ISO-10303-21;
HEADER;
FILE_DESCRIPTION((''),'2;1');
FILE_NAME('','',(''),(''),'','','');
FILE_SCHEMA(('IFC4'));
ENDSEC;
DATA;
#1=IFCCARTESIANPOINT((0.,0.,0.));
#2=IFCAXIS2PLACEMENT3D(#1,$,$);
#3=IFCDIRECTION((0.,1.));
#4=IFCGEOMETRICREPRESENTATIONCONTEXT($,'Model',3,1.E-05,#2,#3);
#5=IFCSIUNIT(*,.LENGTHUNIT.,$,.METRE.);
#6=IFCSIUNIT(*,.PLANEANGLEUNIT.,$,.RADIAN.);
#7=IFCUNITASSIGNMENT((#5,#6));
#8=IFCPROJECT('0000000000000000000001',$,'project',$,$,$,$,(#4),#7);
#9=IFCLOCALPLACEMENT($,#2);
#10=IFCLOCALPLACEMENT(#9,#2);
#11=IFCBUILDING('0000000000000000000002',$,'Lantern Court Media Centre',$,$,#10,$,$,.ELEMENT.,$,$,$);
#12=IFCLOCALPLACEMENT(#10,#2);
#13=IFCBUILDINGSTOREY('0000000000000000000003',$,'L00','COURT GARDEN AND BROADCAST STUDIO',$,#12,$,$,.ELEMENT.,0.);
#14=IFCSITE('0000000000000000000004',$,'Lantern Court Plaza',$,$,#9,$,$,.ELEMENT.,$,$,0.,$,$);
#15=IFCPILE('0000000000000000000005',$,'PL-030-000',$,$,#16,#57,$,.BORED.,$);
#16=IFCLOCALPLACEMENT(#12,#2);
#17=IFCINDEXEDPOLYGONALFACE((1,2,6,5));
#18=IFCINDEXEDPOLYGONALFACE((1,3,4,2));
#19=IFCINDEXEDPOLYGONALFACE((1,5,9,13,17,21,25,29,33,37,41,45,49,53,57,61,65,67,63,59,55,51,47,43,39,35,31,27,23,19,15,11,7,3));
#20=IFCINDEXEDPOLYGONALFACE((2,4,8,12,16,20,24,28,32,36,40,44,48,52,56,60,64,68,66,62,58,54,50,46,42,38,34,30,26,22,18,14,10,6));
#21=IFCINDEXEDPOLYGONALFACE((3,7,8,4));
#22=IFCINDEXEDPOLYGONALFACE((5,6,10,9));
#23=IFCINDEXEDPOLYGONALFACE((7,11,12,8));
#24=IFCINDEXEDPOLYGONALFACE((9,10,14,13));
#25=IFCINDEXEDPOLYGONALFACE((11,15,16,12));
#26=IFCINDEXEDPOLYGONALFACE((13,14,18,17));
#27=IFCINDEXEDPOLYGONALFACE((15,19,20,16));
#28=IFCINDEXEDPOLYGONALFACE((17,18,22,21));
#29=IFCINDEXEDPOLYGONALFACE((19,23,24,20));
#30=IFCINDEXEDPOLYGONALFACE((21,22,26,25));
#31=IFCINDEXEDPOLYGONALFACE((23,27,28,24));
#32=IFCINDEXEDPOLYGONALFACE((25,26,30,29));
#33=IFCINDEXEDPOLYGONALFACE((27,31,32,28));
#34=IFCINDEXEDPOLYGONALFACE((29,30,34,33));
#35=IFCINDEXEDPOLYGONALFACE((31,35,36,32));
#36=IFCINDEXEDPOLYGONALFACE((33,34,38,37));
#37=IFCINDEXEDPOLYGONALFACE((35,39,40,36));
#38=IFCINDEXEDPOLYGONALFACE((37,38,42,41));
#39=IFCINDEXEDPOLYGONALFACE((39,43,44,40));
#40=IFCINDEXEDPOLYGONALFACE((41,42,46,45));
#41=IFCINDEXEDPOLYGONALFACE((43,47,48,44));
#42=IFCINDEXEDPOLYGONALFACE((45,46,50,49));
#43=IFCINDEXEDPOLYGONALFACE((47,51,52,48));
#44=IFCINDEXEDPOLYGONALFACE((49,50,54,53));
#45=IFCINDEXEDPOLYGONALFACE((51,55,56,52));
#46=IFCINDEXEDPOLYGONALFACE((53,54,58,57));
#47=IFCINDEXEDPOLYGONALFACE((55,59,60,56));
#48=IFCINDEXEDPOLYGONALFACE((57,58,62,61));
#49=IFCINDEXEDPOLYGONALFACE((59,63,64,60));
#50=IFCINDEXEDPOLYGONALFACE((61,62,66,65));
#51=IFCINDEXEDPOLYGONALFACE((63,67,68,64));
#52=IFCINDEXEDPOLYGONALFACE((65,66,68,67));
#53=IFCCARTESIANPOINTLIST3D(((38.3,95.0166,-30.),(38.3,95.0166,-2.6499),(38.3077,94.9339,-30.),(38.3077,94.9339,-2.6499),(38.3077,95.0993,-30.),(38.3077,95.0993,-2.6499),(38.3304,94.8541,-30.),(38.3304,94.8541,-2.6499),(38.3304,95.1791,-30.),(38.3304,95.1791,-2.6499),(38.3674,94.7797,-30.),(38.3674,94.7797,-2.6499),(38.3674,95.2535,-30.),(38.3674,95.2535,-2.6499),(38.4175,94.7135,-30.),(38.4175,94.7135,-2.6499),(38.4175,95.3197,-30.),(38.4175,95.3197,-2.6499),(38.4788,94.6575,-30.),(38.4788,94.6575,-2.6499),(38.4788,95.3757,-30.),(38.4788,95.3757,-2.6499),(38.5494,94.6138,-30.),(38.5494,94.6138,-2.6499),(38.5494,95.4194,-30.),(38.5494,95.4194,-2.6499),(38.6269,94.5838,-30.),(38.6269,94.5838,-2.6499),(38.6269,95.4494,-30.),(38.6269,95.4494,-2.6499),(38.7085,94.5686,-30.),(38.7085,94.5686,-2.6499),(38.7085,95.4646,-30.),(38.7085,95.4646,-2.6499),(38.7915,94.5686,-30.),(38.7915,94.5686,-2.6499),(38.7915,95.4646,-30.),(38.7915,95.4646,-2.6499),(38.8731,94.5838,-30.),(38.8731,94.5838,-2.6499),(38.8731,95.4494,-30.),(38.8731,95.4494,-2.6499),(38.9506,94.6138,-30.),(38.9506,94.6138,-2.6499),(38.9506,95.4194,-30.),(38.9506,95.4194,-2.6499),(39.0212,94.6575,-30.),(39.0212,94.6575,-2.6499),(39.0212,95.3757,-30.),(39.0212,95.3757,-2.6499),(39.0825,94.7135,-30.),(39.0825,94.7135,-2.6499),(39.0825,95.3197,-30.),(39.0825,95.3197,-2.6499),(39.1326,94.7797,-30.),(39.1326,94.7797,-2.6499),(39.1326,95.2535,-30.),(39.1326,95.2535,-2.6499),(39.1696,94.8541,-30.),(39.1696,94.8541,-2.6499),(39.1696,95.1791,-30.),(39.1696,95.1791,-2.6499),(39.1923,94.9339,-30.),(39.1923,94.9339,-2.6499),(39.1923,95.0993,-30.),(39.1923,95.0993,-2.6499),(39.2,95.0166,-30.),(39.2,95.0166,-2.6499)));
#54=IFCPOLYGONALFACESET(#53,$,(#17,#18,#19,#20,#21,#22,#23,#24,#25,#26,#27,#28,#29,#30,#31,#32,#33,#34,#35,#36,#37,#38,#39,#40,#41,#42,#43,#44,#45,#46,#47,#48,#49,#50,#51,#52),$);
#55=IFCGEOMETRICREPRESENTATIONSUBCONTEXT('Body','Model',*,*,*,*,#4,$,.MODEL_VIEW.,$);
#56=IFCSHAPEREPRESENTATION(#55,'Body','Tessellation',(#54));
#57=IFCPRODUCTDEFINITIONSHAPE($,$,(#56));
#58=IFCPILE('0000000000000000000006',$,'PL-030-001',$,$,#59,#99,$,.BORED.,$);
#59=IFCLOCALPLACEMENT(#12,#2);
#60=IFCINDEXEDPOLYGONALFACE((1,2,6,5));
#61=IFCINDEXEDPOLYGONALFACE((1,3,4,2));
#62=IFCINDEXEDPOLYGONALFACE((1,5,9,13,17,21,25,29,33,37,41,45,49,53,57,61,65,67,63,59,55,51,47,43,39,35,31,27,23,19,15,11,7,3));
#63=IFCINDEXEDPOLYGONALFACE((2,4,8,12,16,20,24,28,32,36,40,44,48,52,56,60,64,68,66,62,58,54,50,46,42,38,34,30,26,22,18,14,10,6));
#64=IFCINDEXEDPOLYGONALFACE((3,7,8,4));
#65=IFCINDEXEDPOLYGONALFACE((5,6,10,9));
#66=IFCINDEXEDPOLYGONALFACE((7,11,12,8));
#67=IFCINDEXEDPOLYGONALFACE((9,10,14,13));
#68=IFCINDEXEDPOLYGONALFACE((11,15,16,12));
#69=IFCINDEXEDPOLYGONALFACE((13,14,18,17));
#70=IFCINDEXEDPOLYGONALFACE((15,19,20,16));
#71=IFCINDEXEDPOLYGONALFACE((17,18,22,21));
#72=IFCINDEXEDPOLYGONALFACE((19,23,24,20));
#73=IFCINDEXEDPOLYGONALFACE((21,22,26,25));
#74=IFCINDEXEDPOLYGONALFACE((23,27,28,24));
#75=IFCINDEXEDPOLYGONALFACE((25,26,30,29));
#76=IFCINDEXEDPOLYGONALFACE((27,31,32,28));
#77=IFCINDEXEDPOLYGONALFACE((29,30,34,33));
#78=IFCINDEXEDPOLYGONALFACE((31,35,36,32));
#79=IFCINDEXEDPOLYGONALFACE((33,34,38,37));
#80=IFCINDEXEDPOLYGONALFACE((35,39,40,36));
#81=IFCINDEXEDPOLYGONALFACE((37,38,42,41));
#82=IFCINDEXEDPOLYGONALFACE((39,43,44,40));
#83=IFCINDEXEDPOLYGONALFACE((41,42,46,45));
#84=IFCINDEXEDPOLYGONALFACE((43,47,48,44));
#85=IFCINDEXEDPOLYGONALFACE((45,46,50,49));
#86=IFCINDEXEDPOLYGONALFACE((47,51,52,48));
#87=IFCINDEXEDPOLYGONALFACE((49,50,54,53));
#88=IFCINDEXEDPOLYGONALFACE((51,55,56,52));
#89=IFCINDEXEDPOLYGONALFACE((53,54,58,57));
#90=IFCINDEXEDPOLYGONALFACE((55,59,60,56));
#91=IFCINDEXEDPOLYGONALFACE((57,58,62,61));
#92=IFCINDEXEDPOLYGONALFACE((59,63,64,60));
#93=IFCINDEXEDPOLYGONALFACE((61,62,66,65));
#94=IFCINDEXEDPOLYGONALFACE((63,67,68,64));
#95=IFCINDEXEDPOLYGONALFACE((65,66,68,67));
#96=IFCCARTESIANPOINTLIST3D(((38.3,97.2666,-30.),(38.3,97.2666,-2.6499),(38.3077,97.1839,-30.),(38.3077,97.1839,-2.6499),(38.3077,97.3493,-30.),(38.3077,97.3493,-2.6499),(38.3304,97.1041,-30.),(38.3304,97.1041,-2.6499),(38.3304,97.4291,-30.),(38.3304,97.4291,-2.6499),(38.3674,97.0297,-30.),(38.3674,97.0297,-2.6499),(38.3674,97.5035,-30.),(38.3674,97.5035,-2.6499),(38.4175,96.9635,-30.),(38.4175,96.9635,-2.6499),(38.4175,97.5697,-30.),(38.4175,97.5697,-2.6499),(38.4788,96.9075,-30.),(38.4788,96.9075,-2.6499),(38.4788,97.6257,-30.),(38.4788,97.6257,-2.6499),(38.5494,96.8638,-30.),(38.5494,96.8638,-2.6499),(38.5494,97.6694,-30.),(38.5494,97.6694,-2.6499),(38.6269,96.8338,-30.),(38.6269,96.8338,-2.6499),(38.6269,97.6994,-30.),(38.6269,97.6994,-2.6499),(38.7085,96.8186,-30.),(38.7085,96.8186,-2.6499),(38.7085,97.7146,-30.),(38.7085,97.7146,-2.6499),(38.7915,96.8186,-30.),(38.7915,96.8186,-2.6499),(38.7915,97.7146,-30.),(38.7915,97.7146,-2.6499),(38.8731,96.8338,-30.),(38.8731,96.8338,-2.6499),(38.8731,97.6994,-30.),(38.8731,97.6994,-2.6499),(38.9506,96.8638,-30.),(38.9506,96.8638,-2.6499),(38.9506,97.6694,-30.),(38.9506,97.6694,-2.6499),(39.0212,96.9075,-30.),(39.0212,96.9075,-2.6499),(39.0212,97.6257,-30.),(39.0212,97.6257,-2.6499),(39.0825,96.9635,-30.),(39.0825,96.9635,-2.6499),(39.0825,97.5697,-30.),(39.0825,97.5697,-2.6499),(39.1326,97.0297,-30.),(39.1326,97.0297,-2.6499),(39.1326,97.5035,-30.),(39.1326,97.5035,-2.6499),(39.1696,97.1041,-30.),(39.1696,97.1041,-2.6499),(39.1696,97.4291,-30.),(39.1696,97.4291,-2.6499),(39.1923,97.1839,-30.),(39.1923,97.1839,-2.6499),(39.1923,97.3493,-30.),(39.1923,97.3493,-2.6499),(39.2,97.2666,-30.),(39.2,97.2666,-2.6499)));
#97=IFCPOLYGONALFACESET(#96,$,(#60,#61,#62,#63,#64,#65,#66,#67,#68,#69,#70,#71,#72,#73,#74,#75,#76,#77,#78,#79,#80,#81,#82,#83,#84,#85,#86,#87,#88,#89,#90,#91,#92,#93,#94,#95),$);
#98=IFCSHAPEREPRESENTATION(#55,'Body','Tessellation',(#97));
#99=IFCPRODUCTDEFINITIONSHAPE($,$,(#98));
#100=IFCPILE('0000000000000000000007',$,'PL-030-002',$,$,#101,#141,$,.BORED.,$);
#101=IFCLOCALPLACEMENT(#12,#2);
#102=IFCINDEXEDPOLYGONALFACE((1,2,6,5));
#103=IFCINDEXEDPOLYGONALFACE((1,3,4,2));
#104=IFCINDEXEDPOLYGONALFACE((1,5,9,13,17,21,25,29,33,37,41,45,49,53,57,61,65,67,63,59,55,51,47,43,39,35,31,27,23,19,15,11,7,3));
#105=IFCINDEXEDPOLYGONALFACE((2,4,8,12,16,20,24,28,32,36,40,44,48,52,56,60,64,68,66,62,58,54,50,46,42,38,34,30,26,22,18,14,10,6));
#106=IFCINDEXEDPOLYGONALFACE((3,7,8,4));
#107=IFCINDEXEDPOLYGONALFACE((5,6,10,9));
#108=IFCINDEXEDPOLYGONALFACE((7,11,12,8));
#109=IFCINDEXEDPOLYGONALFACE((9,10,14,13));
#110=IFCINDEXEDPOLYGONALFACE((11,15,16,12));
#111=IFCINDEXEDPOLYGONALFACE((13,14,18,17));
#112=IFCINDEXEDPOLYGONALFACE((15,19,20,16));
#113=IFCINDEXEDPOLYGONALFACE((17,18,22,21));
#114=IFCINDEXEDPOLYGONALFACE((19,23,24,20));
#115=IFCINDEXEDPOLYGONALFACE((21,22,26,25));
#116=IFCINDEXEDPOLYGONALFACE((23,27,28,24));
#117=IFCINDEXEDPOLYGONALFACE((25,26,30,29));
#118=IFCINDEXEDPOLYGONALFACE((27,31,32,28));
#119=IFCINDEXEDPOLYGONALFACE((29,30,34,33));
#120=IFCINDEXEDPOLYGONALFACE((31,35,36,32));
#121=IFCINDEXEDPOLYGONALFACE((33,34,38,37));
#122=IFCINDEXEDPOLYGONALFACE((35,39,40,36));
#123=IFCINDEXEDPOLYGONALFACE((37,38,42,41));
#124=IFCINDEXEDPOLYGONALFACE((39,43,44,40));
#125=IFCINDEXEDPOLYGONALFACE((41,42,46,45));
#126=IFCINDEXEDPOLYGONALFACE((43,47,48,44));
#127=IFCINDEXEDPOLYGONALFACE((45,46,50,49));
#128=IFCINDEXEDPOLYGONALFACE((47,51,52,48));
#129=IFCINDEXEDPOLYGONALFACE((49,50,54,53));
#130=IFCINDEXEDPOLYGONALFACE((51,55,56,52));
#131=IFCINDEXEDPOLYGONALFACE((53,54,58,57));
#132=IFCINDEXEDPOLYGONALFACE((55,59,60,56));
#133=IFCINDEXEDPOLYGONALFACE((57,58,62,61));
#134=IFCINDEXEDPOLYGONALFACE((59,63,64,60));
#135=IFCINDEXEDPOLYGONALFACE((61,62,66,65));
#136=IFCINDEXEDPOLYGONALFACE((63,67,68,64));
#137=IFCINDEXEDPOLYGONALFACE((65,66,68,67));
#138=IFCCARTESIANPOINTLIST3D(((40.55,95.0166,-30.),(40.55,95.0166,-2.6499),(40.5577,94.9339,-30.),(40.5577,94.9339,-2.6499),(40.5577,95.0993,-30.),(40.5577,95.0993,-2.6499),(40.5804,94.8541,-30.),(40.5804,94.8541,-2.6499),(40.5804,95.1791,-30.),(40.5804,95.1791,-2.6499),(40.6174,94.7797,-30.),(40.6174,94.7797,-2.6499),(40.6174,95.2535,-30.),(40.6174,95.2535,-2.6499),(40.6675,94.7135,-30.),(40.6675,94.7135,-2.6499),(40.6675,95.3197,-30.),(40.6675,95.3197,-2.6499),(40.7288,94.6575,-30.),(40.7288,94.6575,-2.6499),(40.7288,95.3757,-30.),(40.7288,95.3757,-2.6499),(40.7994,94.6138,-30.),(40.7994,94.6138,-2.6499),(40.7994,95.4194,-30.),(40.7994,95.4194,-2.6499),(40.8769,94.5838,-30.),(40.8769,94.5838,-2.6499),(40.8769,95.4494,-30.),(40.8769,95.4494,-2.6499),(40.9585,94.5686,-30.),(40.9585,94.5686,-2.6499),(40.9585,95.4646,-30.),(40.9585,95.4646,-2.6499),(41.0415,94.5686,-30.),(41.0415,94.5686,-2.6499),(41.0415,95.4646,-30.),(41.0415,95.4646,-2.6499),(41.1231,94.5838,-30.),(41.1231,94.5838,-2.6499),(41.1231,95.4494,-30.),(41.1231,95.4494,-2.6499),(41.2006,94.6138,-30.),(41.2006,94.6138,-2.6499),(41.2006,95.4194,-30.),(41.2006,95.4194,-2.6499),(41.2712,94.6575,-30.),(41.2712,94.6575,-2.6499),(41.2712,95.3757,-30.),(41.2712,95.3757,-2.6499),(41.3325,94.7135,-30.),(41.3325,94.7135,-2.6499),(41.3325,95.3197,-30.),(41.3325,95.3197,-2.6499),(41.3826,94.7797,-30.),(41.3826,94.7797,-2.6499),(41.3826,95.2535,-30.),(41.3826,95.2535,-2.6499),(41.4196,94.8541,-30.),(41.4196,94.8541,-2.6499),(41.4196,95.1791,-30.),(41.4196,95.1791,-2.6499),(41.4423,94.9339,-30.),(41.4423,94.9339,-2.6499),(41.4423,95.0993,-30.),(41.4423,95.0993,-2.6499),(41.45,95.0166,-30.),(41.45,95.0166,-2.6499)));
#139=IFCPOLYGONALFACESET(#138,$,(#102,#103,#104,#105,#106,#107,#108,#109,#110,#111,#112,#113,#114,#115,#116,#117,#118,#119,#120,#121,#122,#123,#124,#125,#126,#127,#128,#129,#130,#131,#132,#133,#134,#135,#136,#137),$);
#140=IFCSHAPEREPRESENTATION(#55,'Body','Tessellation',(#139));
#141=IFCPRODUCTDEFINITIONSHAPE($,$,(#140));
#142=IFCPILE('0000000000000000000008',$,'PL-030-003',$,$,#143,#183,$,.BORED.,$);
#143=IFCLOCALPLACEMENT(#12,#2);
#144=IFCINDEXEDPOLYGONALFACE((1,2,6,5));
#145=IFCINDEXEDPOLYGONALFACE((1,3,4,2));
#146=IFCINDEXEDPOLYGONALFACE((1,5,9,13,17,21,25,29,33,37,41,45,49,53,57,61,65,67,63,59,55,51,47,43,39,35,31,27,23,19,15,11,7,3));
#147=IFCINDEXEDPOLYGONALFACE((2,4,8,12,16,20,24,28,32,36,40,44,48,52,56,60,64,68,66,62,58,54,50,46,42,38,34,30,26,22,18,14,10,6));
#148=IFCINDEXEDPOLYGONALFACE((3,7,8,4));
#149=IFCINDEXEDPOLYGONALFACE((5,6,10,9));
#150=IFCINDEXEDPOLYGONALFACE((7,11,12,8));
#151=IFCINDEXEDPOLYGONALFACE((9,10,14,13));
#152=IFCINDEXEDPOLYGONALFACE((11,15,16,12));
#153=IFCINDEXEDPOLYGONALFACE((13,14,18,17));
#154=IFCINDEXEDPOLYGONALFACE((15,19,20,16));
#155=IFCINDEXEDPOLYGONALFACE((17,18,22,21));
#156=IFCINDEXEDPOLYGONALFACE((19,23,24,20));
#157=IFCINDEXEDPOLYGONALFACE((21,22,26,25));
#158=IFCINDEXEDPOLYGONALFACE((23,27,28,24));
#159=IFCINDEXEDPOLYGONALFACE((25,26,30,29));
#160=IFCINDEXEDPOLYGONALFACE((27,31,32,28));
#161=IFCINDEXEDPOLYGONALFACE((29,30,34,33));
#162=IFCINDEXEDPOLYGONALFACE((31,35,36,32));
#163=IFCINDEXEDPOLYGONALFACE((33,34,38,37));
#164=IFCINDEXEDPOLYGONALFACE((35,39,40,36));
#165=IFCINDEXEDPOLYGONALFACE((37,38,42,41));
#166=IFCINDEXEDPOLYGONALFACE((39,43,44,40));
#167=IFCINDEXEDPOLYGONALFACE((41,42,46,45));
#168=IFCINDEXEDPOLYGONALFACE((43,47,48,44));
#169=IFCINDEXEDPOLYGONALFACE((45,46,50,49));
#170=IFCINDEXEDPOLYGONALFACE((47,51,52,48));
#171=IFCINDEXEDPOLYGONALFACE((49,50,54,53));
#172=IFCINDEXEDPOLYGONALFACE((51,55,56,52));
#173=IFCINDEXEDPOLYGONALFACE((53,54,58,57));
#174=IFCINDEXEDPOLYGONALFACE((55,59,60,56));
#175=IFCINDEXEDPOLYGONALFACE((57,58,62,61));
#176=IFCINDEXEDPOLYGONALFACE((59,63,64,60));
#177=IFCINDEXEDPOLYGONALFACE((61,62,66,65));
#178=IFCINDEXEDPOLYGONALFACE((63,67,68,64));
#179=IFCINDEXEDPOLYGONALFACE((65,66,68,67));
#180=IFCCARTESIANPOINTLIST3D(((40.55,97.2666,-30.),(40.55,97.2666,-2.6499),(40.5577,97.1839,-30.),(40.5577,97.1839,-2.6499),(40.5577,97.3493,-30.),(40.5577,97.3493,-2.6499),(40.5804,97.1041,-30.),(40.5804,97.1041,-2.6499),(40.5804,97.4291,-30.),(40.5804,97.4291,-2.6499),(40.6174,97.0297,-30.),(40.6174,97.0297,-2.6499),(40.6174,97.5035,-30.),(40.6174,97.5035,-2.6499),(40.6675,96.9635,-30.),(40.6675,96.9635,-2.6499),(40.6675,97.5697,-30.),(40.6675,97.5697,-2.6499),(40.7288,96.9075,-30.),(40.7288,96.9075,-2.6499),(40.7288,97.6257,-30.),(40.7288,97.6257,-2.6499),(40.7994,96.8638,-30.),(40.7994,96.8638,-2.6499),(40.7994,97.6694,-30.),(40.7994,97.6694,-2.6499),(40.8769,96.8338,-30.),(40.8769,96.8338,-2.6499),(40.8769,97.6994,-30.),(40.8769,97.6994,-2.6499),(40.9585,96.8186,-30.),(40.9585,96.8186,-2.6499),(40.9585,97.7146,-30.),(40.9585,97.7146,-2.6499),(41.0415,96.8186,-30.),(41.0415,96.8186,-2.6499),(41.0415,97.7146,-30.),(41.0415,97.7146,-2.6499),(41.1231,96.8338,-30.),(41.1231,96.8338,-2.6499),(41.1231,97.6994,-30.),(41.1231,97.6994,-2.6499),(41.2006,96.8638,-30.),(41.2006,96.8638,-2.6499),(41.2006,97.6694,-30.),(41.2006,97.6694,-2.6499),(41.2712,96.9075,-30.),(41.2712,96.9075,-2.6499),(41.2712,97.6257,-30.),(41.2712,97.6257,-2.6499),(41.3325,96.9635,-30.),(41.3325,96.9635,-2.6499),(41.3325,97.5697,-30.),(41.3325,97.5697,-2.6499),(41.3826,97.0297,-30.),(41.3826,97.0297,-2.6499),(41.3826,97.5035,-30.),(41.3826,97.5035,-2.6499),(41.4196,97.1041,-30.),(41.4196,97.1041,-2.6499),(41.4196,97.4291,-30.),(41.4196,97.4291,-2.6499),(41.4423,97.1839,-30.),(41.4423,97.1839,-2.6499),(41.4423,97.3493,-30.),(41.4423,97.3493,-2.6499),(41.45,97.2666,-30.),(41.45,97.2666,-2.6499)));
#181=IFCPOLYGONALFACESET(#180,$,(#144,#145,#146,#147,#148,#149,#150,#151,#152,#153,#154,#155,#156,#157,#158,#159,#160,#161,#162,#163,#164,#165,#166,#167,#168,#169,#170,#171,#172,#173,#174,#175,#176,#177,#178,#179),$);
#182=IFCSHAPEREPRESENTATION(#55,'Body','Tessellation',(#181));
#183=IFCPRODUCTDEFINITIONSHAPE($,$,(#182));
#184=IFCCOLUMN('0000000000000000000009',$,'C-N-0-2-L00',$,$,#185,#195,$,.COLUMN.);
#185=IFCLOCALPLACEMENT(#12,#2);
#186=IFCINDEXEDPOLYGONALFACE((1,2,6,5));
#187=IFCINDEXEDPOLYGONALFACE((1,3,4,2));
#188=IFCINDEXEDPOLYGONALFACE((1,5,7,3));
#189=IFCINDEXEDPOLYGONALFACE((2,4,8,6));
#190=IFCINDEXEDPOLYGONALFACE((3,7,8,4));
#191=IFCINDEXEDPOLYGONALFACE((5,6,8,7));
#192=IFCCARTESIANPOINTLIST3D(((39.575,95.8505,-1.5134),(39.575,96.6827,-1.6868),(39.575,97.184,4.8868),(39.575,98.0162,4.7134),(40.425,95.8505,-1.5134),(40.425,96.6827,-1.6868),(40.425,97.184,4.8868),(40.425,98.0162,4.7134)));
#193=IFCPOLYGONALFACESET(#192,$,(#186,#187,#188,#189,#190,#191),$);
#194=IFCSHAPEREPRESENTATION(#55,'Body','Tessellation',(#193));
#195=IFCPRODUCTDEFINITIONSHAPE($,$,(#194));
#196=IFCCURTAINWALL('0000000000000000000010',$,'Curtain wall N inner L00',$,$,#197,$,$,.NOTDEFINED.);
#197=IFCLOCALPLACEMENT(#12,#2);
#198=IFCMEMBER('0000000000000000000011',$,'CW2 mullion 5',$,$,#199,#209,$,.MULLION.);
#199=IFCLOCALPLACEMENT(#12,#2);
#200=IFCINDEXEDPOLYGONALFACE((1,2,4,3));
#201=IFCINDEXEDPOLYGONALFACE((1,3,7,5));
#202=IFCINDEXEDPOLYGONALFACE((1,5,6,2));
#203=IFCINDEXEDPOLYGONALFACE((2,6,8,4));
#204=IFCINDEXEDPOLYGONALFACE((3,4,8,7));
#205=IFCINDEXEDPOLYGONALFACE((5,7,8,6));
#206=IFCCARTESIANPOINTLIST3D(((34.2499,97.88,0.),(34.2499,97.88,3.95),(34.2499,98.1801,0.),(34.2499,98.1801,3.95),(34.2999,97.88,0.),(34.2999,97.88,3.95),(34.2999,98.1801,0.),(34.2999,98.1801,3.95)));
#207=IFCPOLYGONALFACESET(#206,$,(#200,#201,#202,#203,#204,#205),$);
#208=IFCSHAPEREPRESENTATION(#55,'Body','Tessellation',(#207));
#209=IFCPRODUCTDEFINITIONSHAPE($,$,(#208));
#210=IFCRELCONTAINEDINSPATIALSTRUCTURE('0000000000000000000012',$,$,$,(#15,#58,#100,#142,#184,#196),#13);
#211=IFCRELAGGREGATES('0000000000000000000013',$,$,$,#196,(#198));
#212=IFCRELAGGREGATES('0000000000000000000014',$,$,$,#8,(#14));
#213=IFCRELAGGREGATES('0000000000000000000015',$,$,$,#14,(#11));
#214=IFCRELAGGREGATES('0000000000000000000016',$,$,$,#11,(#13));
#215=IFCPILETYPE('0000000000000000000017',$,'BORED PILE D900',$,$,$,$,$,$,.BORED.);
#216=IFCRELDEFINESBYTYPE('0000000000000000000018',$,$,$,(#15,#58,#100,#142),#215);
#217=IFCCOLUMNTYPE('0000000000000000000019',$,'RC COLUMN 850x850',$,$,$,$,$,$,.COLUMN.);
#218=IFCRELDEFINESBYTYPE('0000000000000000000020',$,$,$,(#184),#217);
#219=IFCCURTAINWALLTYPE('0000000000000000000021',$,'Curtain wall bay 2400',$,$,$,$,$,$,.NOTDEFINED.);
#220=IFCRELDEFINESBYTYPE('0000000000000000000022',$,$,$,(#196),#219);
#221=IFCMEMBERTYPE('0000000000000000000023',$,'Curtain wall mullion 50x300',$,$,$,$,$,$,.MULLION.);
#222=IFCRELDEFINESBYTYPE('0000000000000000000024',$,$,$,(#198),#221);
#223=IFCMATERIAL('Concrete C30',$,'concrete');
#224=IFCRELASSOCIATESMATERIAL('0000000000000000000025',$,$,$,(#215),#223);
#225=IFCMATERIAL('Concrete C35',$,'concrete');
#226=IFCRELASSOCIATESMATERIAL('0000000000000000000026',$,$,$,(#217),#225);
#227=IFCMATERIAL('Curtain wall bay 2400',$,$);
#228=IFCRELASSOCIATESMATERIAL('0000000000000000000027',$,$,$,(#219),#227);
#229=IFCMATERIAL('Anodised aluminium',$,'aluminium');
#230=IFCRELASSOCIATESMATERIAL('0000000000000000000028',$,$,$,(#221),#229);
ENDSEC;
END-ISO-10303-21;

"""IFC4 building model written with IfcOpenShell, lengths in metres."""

from ifc_helpers import new_model, si_unit, direction, frame, origin, origin_2d, place, context, subcontext, project, spatial, rectangle, circle, extrude, material, material_profile, profile_set, type_object, element, aggregate, save


model = new_model("IFC4")

# Units and contexts
model_context = context("Model", 3, precision=1e-05, world=origin(), true_north=direction((0.0, 1.0)))
body_context = subcontext(model_context, "Body", "Model", "MODEL_VIEW")
ifc_project = project(units=[si_unit("LENGTHUNIT", "METRE"), si_unit("PLANEANGLEUNIT", "RADIAN")], contexts=[model_context])

# Site, building, storey
site_placement = place(None, origin())
site = spatial("IfcSite", under=ifc_project, at=site_placement, Name="Lantern Court Plaza", CompositionType="ELEMENT", RefElevation=0.0)
building_placement = place(site_placement, origin())
building = spatial("IfcBuilding", under=site, at=building_placement, Name="Lantern Court Media Centre", CompositionType="ELEMENT")
storey_placement = place(building_placement, origin())
storey = spatial("IfcBuildingStorey", under=building, at=storey_placement, Name="L00", Description="COURT GARDEN AND BROADCAST STUDIO", CompositionType="ELEMENT", Elevation=0.0)

# Piles
ifc_material_1 = material(Name="Concrete C30", Category="concrete")
ifc_material_profile_1 = material_profile(ifc_material_1, circle(Radius=0.45, at=origin_2d()), Name="D900")
ifc_profile_set_1 = profile_set([ifc_material_profile_1], Name="Concrete C30")
pile_type_1 = type_object("IfcPileType", Name="BORED PILE D900", PredefinedType="BORED", material=ifc_profile_set_1)
for number, where, z_axis, x_axis, name in (
    (1, (38.75, 95.0166, -2.6499), (0.0, 0.0, -1.0), (1.0, 0.0, 0.0), "PL-030-000"),
    (2, (38.75, 97.2666, -2.6499), (0.0, 0.0, -1.0), (1.0, 0.0, 0.0), "PL-030-001"),
    (3, (41.0, 95.0166, -2.6499), (0.0, 0.0, -1.0), (1.0, 0.0, 0.0), "PL-030-002"),
    (4, (41.0, 97.2666, -2.6499), (0.0, 0.0, -1.0), (1.0, 0.0, 0.0), "PL-030-003"),
):
    element("IfcPile", number, at=place(storey_placement, frame(where, z_axis=z_axis, x_axis=x_axis)), inside=storey, type_object=pile_type_1, Name=name, PredefinedType="BORED", context=body_context, shape_type="SweptSolid", body=[
        extrude(circle(Radius=0.45, at=origin_2d()), origin(), (0.0, 0.0, 1.0), 27.3501),
    ])

# Column
ifc_material_2 = material(Name="Concrete C35", Category="concrete")
ifc_material_profile_2 = material_profile(ifc_material_2, rectangle(XDim=0.8501, YDim=0.8501, at=origin_2d()), Name="RC 850x850")
ifc_profile_set_2 = profile_set([ifc_material_profile_2], Name="Concrete C35")
column_type = type_object("IfcColumnType", Name="RC COLUMN 850x850", PredefinedType="COLUMN", material=ifc_profile_set_2)
column_placement = place(storey_placement, frame((40.0, 96.2666, -1.6001), z_axis=(0.0, 0.203974, 0.978976), x_axis=(-1.0, 0.0, 0.0)))
element("IfcColumn", 5, at=column_placement, inside=storey, type_object=column_type, Name="C-N-0-2-L00", PredefinedType="COLUMN", context=body_context, shape_type="SweptSolid", body=[
    extrude(rectangle(XDim=0.8501, YDim=0.8501, at=origin_2d()), origin(), (0.0, 0.0, 1.0), 6.5376),
])

# Curtain wall, member
ifc_material_3 = material(Name="Curtain wall bay 2400")
curtain_wall_type_1 = type_object("IfcCurtainWallType", Name="Curtain wall bay 2400", PredefinedType="NOTDEFINED", material=ifc_material_3)
curtain_wall_1_placement = place(storey_placement, origin())
curtain_wall_1 = element("IfcCurtainWall", 6, at=curtain_wall_1_placement, inside=storey, type_object=curtain_wall_type_1, Name="Curtain wall N inner L00", PredefinedType="NOTDEFINED")
ifc_material_4 = material(Name="Anodised aluminium", Category="aluminium")
ifc_material_profile_3 = material_profile(ifc_material_4, rectangle(XDim=0.3, YDim=0.05, at=origin_2d()), Name="AL 50x300")
ifc_profile_set_3 = profile_set([ifc_material_profile_3], Name="Anodised aluminium")
member_type_1 = type_object("IfcMemberType", Name="Curtain wall mullion 50x300", PredefinedType="MULLION", material=ifc_profile_set_3)
member_1_placement = place(storey_placement, frame((34.2749, 98.03, 0.0), z_axis=(0.0, 0.0, 1.0), x_axis=(0.0, 1.0, 0.0)))
member_1 = element("IfcMember", 7, at=member_1_placement, type_object=member_type_1, Name="CW2 mullion 5", PredefinedType="MULLION", context=body_context, shape_type="SweptSolid", body=[
    extrude(rectangle(XDim=0.3, YDim=0.05, at=origin_2d()), origin(), (0.0, 0.0, 1.0), 3.95),
])
aggregate(curtain_wall_1, [member_1])

save(model, "model.ifc")
